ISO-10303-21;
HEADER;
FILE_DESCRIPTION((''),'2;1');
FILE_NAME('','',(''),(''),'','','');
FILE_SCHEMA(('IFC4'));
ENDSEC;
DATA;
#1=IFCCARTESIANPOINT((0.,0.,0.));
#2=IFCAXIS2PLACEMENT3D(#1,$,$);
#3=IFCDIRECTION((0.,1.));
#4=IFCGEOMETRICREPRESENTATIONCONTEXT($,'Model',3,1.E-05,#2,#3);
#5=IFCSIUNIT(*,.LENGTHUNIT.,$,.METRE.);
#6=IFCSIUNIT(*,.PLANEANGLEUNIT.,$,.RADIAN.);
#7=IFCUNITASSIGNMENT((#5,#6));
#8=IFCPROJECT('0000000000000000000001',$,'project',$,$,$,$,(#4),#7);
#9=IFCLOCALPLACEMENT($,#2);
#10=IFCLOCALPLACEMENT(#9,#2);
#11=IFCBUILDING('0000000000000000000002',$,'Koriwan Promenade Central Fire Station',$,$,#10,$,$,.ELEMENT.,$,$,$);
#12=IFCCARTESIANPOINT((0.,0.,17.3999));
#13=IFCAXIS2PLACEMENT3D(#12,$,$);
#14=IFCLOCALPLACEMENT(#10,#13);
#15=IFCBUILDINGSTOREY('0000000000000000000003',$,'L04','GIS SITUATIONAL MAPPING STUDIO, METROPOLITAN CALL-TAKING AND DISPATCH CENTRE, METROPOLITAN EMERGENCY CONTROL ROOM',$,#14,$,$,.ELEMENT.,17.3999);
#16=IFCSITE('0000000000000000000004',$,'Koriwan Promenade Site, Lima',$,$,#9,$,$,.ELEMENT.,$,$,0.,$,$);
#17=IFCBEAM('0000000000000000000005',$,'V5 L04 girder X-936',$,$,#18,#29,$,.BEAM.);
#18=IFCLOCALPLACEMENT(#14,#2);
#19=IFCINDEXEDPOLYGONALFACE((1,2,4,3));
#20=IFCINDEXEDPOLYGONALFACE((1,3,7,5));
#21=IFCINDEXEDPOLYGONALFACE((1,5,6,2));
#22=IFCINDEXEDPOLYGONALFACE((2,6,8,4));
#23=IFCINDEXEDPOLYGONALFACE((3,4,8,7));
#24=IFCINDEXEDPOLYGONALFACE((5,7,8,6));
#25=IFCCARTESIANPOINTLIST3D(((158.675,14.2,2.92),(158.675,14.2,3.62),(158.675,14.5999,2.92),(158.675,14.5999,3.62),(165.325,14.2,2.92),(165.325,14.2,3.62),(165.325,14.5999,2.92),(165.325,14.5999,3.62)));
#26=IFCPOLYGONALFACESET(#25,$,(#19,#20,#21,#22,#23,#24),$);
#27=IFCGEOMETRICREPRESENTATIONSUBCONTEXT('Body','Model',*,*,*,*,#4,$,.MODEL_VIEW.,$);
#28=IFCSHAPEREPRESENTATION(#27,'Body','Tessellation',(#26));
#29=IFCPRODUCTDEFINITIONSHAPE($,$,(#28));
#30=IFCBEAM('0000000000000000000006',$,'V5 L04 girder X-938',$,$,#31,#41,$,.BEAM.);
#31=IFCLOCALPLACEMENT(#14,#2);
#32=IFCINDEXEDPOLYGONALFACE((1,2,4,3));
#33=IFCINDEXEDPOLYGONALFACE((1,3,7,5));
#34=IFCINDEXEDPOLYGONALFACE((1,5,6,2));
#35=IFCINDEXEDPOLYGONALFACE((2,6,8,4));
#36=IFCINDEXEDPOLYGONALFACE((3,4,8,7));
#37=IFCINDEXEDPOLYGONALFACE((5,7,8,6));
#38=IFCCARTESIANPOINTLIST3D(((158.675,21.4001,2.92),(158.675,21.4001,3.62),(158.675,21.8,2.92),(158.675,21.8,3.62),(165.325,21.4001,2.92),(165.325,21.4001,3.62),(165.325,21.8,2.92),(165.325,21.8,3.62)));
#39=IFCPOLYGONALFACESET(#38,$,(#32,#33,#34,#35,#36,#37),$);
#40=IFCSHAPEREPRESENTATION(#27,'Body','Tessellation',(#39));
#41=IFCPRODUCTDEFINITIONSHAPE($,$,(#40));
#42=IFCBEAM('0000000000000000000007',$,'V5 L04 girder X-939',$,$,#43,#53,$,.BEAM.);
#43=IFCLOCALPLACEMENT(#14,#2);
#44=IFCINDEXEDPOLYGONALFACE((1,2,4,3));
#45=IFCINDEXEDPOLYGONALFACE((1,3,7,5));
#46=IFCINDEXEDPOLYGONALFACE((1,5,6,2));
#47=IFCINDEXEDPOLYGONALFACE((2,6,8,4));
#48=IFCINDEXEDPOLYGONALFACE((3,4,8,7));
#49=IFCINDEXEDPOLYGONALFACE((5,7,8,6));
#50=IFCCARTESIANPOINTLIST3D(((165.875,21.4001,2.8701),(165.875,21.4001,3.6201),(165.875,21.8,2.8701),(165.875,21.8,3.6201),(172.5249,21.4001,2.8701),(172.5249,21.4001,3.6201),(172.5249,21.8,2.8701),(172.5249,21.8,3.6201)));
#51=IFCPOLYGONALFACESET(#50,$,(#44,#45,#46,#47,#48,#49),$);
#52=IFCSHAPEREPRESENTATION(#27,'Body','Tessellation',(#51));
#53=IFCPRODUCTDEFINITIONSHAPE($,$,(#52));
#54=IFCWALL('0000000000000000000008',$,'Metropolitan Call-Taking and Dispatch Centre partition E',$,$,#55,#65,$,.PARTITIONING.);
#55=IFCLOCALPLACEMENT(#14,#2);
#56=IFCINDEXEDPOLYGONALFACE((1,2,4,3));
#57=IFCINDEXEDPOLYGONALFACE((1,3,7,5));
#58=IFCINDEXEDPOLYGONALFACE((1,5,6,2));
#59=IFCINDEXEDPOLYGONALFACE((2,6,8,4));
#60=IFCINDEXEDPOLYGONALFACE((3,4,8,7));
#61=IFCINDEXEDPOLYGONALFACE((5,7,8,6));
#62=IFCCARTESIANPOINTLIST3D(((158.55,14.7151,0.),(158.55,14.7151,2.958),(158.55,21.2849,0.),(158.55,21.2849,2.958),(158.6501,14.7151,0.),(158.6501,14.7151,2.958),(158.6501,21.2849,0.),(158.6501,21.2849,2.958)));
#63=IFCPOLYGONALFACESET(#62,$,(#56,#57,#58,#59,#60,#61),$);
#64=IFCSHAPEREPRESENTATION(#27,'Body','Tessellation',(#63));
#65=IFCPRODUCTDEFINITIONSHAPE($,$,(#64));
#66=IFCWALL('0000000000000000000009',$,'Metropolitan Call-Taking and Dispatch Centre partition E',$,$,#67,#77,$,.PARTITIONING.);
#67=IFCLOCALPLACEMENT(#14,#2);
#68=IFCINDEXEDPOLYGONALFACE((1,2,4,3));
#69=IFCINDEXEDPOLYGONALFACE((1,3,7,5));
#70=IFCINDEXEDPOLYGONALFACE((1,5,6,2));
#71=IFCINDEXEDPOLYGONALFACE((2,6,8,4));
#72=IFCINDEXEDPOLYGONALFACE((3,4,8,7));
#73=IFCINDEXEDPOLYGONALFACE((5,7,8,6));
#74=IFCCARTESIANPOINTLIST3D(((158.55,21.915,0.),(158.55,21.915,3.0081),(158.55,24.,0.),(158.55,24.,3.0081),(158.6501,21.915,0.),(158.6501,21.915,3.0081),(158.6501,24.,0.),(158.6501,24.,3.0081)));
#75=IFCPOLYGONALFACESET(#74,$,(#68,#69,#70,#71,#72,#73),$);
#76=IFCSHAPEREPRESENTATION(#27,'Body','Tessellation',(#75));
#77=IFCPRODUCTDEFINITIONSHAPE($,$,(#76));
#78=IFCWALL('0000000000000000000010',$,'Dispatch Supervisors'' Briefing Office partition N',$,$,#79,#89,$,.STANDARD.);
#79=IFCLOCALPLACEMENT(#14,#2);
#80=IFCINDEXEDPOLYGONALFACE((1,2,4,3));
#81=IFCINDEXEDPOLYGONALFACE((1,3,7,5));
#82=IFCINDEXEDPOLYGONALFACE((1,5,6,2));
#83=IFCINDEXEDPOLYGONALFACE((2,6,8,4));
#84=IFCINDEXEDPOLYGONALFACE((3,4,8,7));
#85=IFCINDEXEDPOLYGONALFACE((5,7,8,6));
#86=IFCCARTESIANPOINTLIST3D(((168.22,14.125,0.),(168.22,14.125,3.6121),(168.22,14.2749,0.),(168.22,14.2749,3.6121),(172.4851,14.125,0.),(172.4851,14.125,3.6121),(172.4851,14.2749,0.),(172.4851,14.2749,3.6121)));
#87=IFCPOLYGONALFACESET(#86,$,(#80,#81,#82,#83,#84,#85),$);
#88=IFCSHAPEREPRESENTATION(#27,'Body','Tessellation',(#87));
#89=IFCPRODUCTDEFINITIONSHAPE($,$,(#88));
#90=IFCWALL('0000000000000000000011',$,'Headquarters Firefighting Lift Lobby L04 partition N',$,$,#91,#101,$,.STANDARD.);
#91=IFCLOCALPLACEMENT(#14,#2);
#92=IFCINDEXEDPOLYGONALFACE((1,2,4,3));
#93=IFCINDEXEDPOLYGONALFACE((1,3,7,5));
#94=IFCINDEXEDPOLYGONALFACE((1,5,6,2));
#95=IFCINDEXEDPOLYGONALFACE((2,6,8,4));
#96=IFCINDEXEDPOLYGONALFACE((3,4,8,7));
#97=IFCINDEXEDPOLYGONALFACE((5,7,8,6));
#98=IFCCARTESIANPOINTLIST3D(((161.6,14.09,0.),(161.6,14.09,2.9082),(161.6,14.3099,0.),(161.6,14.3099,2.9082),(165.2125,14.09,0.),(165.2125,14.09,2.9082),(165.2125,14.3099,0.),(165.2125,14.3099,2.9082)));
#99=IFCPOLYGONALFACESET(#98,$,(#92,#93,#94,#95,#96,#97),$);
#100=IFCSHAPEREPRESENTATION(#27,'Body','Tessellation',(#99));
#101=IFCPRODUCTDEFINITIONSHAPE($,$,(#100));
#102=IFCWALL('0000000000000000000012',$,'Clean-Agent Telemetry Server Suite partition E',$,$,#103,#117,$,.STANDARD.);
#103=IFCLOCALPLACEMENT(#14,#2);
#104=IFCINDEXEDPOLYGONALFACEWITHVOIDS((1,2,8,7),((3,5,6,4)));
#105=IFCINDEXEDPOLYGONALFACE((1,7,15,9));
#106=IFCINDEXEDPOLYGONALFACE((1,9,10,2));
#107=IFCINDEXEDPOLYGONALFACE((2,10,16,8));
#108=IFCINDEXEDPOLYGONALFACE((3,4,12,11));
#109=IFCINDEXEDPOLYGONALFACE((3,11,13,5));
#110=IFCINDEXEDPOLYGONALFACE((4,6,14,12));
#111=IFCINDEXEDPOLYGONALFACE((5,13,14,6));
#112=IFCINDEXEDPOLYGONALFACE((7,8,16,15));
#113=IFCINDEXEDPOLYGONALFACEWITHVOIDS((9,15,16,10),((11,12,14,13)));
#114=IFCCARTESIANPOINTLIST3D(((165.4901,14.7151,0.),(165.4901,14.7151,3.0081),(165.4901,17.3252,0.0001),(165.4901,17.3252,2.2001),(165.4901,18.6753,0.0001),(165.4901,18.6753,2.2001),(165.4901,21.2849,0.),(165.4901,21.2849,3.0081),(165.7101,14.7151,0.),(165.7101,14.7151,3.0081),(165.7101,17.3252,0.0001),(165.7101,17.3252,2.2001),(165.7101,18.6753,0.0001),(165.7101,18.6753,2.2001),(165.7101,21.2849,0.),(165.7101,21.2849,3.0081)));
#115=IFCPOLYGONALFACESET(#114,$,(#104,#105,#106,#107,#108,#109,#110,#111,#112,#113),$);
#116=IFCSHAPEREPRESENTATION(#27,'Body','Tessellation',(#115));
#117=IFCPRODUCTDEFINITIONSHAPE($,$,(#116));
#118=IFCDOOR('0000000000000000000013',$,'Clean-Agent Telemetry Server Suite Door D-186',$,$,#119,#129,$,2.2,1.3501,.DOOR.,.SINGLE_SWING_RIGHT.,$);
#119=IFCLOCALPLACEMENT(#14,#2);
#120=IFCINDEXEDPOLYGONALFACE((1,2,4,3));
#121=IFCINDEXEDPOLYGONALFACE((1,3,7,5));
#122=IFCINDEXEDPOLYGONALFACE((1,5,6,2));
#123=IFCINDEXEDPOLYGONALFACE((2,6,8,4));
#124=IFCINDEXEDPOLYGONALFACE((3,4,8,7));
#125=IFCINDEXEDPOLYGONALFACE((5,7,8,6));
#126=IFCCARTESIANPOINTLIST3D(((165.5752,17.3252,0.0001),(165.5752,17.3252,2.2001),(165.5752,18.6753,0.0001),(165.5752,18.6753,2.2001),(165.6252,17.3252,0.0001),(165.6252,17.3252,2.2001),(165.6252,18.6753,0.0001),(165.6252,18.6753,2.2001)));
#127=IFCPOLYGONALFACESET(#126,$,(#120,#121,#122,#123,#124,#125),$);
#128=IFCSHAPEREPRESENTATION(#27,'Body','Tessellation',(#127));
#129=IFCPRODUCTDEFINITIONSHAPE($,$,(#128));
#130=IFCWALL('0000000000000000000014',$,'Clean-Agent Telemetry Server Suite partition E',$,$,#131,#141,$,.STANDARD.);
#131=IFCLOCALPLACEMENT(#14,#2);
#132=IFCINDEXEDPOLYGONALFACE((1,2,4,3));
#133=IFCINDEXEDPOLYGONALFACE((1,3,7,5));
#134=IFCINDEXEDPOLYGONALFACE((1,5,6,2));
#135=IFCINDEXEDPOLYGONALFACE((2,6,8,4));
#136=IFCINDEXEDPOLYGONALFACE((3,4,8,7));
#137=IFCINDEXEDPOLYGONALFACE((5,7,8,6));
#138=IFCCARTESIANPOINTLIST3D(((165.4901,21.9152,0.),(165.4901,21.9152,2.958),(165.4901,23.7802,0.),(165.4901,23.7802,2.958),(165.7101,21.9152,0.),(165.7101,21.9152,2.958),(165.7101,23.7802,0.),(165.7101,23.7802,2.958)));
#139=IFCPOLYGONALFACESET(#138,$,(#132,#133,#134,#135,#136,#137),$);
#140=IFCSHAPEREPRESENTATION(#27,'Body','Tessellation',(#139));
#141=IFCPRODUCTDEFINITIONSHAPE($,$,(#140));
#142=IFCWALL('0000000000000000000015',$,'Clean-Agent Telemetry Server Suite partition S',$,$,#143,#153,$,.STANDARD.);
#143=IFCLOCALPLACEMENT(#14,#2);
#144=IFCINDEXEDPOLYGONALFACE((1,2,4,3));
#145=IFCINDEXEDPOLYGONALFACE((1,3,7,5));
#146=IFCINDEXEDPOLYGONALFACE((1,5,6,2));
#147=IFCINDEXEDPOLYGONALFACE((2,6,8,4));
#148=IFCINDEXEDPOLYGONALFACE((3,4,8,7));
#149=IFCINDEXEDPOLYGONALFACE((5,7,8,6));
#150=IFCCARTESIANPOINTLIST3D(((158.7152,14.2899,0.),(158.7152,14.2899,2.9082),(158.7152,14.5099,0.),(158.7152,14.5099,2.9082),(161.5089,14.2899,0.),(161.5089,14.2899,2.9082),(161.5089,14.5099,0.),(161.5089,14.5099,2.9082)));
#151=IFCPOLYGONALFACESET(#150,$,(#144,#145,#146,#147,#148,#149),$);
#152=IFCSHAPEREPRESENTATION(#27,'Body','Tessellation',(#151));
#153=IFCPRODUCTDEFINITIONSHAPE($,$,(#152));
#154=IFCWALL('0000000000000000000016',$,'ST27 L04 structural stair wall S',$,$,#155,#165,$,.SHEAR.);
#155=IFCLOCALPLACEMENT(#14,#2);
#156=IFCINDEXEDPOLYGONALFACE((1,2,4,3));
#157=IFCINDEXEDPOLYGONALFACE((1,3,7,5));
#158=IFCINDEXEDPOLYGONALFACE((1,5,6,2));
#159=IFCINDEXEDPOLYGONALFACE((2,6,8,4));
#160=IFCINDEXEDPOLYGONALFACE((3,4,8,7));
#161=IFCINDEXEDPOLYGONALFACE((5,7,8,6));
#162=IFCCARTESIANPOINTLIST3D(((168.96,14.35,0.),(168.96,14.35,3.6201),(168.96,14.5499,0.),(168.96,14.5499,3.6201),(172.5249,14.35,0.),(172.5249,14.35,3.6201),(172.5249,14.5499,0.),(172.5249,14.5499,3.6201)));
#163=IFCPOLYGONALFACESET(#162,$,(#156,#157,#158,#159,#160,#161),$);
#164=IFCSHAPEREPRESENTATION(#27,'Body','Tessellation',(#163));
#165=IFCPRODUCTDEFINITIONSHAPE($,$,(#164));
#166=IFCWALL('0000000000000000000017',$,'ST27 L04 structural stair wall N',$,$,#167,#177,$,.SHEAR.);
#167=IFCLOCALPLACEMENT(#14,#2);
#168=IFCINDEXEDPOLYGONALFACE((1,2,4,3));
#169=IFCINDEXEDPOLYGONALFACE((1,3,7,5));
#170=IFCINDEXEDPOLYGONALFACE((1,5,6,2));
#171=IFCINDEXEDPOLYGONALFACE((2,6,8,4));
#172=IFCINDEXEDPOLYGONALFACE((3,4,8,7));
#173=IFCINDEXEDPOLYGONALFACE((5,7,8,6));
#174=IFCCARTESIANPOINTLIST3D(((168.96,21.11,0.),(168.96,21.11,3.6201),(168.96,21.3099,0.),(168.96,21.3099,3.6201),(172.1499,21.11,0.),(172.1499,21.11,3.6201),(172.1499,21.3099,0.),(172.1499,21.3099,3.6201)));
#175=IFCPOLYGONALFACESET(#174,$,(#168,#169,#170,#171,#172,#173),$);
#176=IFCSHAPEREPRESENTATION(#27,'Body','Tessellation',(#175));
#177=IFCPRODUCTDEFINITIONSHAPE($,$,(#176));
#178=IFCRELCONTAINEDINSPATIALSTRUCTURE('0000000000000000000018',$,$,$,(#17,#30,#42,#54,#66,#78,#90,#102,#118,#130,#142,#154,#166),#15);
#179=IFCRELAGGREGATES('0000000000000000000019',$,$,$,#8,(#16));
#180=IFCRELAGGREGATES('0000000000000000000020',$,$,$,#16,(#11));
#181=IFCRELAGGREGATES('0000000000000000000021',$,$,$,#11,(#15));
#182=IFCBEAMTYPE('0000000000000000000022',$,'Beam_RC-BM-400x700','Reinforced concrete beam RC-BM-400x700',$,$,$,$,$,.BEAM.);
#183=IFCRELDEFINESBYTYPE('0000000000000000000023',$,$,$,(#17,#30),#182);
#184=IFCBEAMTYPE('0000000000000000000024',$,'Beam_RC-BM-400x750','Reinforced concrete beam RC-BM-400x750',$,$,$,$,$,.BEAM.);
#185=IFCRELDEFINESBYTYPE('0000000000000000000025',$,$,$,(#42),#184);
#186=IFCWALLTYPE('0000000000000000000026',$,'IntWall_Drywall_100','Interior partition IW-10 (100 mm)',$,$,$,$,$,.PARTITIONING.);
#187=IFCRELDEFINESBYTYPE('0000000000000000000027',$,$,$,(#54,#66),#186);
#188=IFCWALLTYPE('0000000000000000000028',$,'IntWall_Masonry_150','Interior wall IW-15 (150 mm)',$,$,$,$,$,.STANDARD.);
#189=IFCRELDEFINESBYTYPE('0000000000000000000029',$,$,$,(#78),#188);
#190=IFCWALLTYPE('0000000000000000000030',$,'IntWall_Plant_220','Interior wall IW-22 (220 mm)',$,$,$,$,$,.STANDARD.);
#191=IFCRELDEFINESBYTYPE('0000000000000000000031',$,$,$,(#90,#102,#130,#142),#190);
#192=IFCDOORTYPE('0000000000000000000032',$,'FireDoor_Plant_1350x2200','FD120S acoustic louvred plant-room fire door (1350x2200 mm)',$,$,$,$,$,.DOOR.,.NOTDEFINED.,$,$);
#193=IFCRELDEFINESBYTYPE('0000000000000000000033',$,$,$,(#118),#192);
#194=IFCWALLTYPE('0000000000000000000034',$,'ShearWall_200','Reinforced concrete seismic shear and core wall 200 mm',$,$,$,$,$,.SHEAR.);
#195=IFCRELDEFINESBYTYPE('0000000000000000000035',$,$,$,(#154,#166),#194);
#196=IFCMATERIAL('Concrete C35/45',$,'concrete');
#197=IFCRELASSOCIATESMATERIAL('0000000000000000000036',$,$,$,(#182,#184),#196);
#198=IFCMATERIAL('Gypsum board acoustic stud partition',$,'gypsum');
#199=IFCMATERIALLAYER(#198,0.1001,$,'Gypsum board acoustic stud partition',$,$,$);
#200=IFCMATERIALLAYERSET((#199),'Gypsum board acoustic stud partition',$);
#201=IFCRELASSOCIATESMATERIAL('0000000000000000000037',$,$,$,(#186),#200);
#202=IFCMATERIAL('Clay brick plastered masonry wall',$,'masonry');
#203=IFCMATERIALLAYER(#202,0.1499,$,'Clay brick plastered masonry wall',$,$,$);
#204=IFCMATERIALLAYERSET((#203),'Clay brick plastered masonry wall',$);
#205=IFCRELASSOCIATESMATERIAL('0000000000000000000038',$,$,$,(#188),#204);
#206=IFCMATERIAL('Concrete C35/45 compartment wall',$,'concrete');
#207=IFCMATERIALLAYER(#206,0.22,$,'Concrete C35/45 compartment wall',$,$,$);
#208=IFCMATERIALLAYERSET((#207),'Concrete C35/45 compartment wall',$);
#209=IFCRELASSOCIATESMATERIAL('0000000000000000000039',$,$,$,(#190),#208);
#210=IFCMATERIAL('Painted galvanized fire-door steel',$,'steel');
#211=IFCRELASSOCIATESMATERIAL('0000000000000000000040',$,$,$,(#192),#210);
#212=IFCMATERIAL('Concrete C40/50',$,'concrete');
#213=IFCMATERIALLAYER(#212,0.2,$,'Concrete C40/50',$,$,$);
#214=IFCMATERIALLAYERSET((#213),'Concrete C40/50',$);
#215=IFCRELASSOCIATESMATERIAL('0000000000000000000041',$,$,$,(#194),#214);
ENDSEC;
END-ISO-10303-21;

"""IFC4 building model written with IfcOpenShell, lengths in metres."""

from ifc_helpers import new_model, si_unit, direction, frame, frame_2d, origin, origin_2d, place, context, subcontext, project, spatial, rectangle, extrude, material, layer, layer_set, material_profile, profile_set, type_object, element, fill, save


model = new_model("IFC4")

# Units and contexts
model_context = context("Model", 3, precision=1e-05, world=origin(), true_north=direction((0.0, 1.0)))
body_context = subcontext(model_context, "Body", "Model", "MODEL_VIEW")
ifc_project = project(units=[si_unit("LENGTHUNIT", "METRE"), si_unit("PLANEANGLEUNIT", "RADIAN")], contexts=[model_context])

# Site, building, storey
site_placement = place(None, origin())
site = spatial("IfcSite", under=ifc_project, at=site_placement, Name="Koriwan Promenade Site, Lima", CompositionType="ELEMENT", RefElevation=0.0)
building_placement = place(site_placement, origin())
building = spatial("IfcBuilding", under=site, at=building_placement, Name="Koriwan Promenade Central Fire Station", CompositionType="ELEMENT")
storey_placement = place(building_placement, frame((0.0, 0.0, 17.3999)))
storey = spatial("IfcBuildingStorey", under=building, at=storey_placement, Name="L04", Description="GIS SITUATIONAL MAPPING STUDIO, METROPOLITAN CALL-TAKING AND DISPATCH CENTRE, METROPOLITAN EMERGENCY CONTROL ROOM", CompositionType="ELEMENT", Elevation=17.3999)

# Shared definitions
ifc_material_1 = material(Name="Concrete C40/50", Category="concrete")

# Beams
ifc_material_2 = material(Name="Concrete C35/45", Category="concrete")
ifc_material_profile_1 = material_profile(ifc_material_2, rectangle(XDim=0.3999, YDim=0.7, at=origin_2d()), Name="RC-BM-400x700")
ifc_profile_set_1 = profile_set([ifc_material_profile_1], Name="Concrete C35/45")
beam_type_1 = type_object("IfcBeamType", Name="Beam_RC-BM-400x700", Description="Reinforced concrete beam RC-BM-400x700", PredefinedType="BEAM", material=ifc_profile_set_1)
for number, where, z_axis, x_axis, name in (
    (1, (158.675, 14.3999, 3.27), (1.0, 0.0, 0.0), (0.0, 1.0, 0.0), "V5 L04 girder X-936"),
    (2, (158.675, 21.6001, 3.27), (1.0, 0.0, 0.0), (0.0, 1.0, 0.0), "V5 L04 girder X-938"),
):
    element("IfcBeam", number, at=place(storey_placement, frame(where, z_axis=z_axis, x_axis=x_axis)), inside=storey, type_object=beam_type_1, Name=name, PredefinedType="BEAM", context=body_context, shape_type="SweptSolid", body=[
        extrude(rectangle(XDim=0.3999, YDim=0.7, at=origin_2d()), origin(), (0.0, 0.0, 1.0), 6.6499),
    ])
ifc_material_profile_2 = material_profile(ifc_material_2, rectangle(XDim=0.3999, YDim=0.75, at=origin_2d()), Name="RC-BM-400x750")
ifc_profile_set_2 = profile_set([ifc_material_profile_2], Name="Concrete C35/45")
beam_type_2 = type_object("IfcBeamType", Name="Beam_RC-BM-400x750", Description="Reinforced concrete beam RC-BM-400x750", PredefinedType="BEAM", material=ifc_profile_set_2)
beam_1_placement = place(storey_placement, frame((165.875, 21.6001, 3.2451), z_axis=(1.0, 0.0, 0.0), x_axis=(0.0, 1.0, 0.0)))
element("IfcBeam", 3, at=beam_1_placement, inside=storey, type_object=beam_type_2, Name="V5 L04 girder X-939", PredefinedType="BEAM", context=body_context, shape_type="SweptSolid", body=[
    extrude(rectangle(XDim=0.3999, YDim=0.75, at=origin_2d()), origin(), (0.0, 0.0, 1.0), 6.6499),
])

# Walls
ifc_material_3 = material(Name="Gypsum board acoustic stud partition", Category="gypsum")
ifc_layer_1 = layer(ifc_material_3, 0.1001, Name="Gypsum board acoustic stud partition")
ifc_layer_set_1 = layer_set([ifc_layer_1], Name="Gypsum board acoustic stud partition")
wall_type_1 = type_object("IfcWallType", Name="IntWall_Drywall_100", Description="Interior partition IW-10 (100 mm)", PredefinedType="PARTITIONING", material=ifc_layer_set_1)
wall_1_placement = place(storey_placement, frame((158.6001, 14.7151, 0.0), z_axis=(0.0, 0.0, 1.0), x_axis=(0.0, 1.0, 0.0)))
element("IfcWall", 4, at=wall_1_placement, inside=storey, type_object=wall_type_1, Name="Metropolitan Call-Taking and Dispatch Centre partition E", PredefinedType="PARTITIONING", context=body_context, shape_type="SweptSolid", body=[
    extrude(rectangle(XDim=6.5698, YDim=0.1001, at=frame_2d((3.2849, 0.0))), origin(), (0.0, 0.0, 1.0), 2.958),
])
wall_2_placement = place(storey_placement, frame((158.6001, 21.915, 0.0), z_axis=(0.0, 0.0, 1.0), x_axis=(0.0, 1.0, 0.0)))
element("IfcWall", 5, at=wall_2_placement, inside=storey, type_object=wall_type_1, Name="Metropolitan Call-Taking and Dispatch Centre partition E", PredefinedType="PARTITIONING", context=body_context, shape_type="SweptSolid", body=[
    extrude(rectangle(XDim=2.085, YDim=0.1001, at=frame_2d((1.0425, 0.0))), origin(), (0.0, 0.0, 1.0), 3.0081),
])
ifc_material_4 = material(Name="Clay brick plastered masonry wall", Category="masonry")
ifc_layer_2 = layer(ifc_material_4, 0.1499, Name="Clay brick plastered masonry wall")
ifc_layer_set_2 = layer_set([ifc_layer_2], Name="Clay brick plastered masonry wall")
wall_type_2 = type_object("IfcWallType", Name="IntWall_Masonry_150", Description="Interior wall IW-15 (150 mm)", PredefinedType="STANDARD", material=ifc_layer_set_2)
wall_3_placement = place(storey_placement, frame((168.22, 14.2, 0.0), z_axis=(0.0, 0.0, 1.0), x_axis=(1.0, 0.0, 0.0)))
element("IfcWall", 6, at=wall_3_placement, inside=storey, type_object=wall_type_2, Name="Dispatch Supervisors' Briefing Office partition N", PredefinedType="STANDARD", context=body_context, shape_type="SweptSolid", body=[
    extrude(rectangle(XDim=4.2651, YDim=0.1499, at=frame_2d((2.1326, 0.0))), origin(), (0.0, 0.0, 1.0), 3.6121),
])
ifc_material_5 = material(Name="Concrete C35/45 compartment wall", Category="concrete")
ifc_layer_3 = layer(ifc_material_5, 0.22, Name="Concrete C35/45 compartment wall")
ifc_layer_set_3 = layer_set([ifc_layer_3], Name="Concrete C35/45 compartment wall")
wall_type_3 = type_object("IfcWallType", Name="IntWall_Plant_220", Description="Interior wall IW-22 (220 mm)", PredefinedType="STANDARD", material=ifc_layer_set_3)
wall_4_placement = place(storey_placement, frame((161.6001, 14.2, 0.0), z_axis=(0.0, 0.0, 1.0), x_axis=(1.0, 0.0, 0.0)))
element("IfcWall", 7, at=wall_4_placement, inside=storey, type_object=wall_type_3, Name="Headquarters Firefighting Lift Lobby L04 partition N", PredefinedType="STANDARD", context=body_context, shape_type="SweptSolid", body=[
    extrude(rectangle(XDim=3.6125, YDim=0.22, at=frame_2d((1.8062, 0.0))), origin(), (0.0, 0.0, 1.0), 2.9082),
])

# Wall, opening, door
wall_5_placement = place(storey_placement, frame((165.6001, 14.7151, 0.0), z_axis=(0.0, 0.0, 1.0), x_axis=(0.0, 1.0, 0.0)))
wall_5 = element("IfcWall", 8, at=wall_5_placement, inside=storey, type_object=wall_type_3, Name="Clean-Agent Telemetry Server Suite partition E", PredefinedType="STANDARD", context=body_context, shape_type="SweptSolid", body=[
    extrude(rectangle(XDim=6.5698, YDim=0.22, at=frame_2d((3.2849, 0.0))), origin(), (0.0, 0.0, 1.0), 3.0081),
])
opening_1_placement = place(wall_5_placement, frame((2.6101, 0.0, 0.0)))
opening_1 = element("IfcOpeningElement", 9, at=opening_1_placement, cuts=wall_5, PredefinedType="OPENING", context=body_context, shape_type="SweptSolid", body=[
    extrude(rectangle(XDim=1.3501, YDim=2.2, at=frame_2d((0.675, 1.1001))), frame((0.0, 0.1221, 0.0), z_axis=(0.0, -1.0, 0.0), x_axis=(1.0, 0.0, 0.0)), (0.0, 0.0, 1.0), 0.2439),
])
ifc_material_6 = material(Name="Painted galvanized fire-door steel", Category="steel")
door_type_1 = type_object("IfcDoorType", Name="FireDoor_Plant_1350x2200", Description="FD120S acoustic louvred plant-room fire door (1350x2200 mm)", OperationType="NOTDEFINED", PredefinedType="DOOR", material=ifc_material_6)
door_1_placement = place(opening_1_placement, origin())
door_1 = element("IfcDoor", 10, at=door_1_placement, inside=storey, type_object=door_type_1, Name="Clean-Agent Telemetry Server Suite Door D-186", OperationType="SINGLE_SWING_RIGHT", OverallHeight=2.2, OverallWidth=1.3501, PredefinedType="DOOR", context=body_context, shape_type="SweptSolid", body=[
    extrude(rectangle(XDim=1.3501, YDim=2.2, at=frame_2d((0.675, 1.1001))), frame((0.0, 0.0249, 0.0), z_axis=(0.0, -1.0, 0.0), x_axis=(1.0, 0.0, 0.0)), (0.0, 0.0, 1.0), 0.05),
])
fill(opening_1, door_1)

# Walls
wall_6_placement = place(storey_placement, frame((165.6001, 21.915, 0.0), z_axis=(0.0, 0.0, 1.0), x_axis=(0.0, 1.0, 0.0)))
element("IfcWall", 11, at=wall_6_placement, inside=storey, type_object=wall_type_3, Name="Clean-Agent Telemetry Server Suite partition E", PredefinedType="STANDARD", context=body_context, shape_type="SweptSolid", body=[
    extrude(rectangle(XDim=1.865, YDim=0.22, at=frame_2d((0.9326, 0.0))), origin(), (0.0, 0.0, 1.0), 2.958),
])
wall_7_placement = place(storey_placement, frame((158.7151, 14.3999, 0.0), z_axis=(0.0, 0.0, 1.0), x_axis=(1.0, 0.0, 0.0)))
element("IfcWall", 12, at=wall_7_placement, inside=storey, type_object=wall_type_3, Name="Clean-Agent Telemetry Server Suite partition S", PredefinedType="STANDARD", context=body_context, shape_type="SweptSolid", body=[
    extrude(rectangle(XDim=2.7937, YDim=0.22, at=frame_2d((1.397, 0.0))), origin(), (0.0, 0.0, 1.0), 2.9082),
])
ifc_layer_4 = layer(ifc_material_1, 0.2, Name="Concrete C40/50")
ifc_layer_set_4 = layer_set([ifc_layer_4], Name="Concrete C40/50")
wall_type_4 = type_object("IfcWallType", Name="ShearWall_200", Description="Reinforced concrete seismic shear and core wall 200 mm", PredefinedType="SHEAR", material=ifc_layer_set_4)
wall_8_placement = place(storey_placement, frame((168.96, 14.45, 0.0), z_axis=(0.0, 0.0, 1.0), x_axis=(1.0, 0.0, 0.0)))
element("IfcWall", 13, at=wall_8_placement, inside=storey, type_object=wall_type_4, Name="ST27 L04 structural stair wall S", PredefinedType="SHEAR", context=body_context, shape_type="SweptSolid", body=[
    extrude(rectangle(XDim=3.5649, YDim=0.2, at=frame_2d((1.7825, 0.0))), origin(), (0.0, 0.0, 1.0), 3.6201),
])
wall_9_placement = place(storey_placement, frame((168.96, 21.21, 0.0), z_axis=(0.0, 0.0, 1.0), x_axis=(1.0, 0.0, 0.0)))
element("IfcWall", 14, at=wall_9_placement, inside=storey, type_object=wall_type_4, Name="ST27 L04 structural stair wall N", PredefinedType="SHEAR", context=body_context, shape_type="SweptSolid", body=[
    extrude(rectangle(XDim=3.1899, YDim=0.2, at=frame_2d((1.595, 0.0))), origin(), (0.0, 0.0, 1.0), 3.6201),
])

save(model, "model.ifc")
